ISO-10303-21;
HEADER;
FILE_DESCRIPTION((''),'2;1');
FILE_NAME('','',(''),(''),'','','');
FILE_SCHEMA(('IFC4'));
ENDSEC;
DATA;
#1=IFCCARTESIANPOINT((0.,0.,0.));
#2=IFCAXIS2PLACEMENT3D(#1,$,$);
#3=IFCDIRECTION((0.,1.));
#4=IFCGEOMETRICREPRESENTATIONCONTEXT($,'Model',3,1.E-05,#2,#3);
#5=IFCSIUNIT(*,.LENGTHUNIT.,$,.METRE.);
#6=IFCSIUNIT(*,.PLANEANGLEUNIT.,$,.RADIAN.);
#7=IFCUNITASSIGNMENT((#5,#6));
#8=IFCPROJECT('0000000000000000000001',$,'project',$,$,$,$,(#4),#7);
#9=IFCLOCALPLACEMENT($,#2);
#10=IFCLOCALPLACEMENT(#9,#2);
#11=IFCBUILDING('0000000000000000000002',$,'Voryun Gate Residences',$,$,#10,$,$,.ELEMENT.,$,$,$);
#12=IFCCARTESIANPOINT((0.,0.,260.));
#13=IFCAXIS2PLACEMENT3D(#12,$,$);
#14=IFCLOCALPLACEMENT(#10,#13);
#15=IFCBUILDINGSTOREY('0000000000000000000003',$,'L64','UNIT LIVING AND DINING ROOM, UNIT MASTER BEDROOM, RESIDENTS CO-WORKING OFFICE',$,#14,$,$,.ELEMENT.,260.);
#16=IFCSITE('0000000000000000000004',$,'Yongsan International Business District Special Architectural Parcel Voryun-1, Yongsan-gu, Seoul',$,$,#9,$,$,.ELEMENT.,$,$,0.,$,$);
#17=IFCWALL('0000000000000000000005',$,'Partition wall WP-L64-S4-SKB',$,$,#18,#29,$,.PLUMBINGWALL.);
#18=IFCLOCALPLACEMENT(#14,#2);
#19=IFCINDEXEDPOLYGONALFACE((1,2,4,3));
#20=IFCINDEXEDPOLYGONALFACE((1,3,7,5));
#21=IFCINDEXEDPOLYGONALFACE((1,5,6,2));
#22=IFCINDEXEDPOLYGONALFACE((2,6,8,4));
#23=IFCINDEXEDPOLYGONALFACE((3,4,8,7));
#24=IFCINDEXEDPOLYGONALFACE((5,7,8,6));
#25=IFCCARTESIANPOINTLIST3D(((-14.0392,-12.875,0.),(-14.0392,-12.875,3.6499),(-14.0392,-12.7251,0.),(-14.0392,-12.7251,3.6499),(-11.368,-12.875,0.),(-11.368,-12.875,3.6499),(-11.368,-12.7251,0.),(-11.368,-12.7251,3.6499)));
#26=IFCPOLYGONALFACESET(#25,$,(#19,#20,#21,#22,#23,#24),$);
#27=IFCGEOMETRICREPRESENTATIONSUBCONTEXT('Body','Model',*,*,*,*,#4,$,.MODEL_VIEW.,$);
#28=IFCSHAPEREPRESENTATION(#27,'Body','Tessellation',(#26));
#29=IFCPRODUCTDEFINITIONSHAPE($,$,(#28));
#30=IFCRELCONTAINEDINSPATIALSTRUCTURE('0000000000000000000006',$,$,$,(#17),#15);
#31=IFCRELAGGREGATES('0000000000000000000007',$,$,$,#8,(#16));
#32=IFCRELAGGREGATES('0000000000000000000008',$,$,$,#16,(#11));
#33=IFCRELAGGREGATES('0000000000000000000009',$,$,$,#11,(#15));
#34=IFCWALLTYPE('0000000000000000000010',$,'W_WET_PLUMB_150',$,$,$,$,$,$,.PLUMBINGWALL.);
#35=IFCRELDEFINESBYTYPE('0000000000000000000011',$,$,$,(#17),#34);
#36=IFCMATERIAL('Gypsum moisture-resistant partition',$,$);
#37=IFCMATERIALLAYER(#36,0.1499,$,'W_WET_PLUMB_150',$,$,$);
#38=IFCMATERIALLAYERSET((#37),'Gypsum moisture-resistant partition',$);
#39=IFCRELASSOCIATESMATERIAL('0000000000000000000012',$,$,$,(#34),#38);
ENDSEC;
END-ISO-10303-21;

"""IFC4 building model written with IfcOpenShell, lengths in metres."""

from ifc_helpers import new_model, si_unit, direction, frame, frame_2d, origin, place, context, subcontext, project, spatial, rectangle, extrude, material, layer, layer_set, type_object, element, save


model = new_model("IFC4")

# Units and contexts
model_context = context("Model", 3, precision=1e-05, world=origin(), true_north=direction((0.0, 1.0)))
body_context = subcontext(model_context, "Body", "Model", "MODEL_VIEW")
ifc_project = project(units=[si_unit("LENGTHUNIT", "METRE"), si_unit("PLANEANGLEUNIT", "RADIAN")], contexts=[model_context])

# Site, building, storey
site_placement = place(None, origin())
site = spatial("IfcSite", under=ifc_project, at=site_placement, Name="Yongsan International Business District Special Architectural Parcel Voryun-1, Yongsan-gu, Seoul", CompositionType="ELEMENT", RefElevation=0.0)
building_placement = place(site_placement, origin())
building = spatial("IfcBuilding", under=site, at=building_placement, Name="Voryun Gate Residences", CompositionType="ELEMENT")
storey_placement = place(building_placement, frame((0.0, 0.0, 260.0)))
storey = spatial("IfcBuildingStorey", under=building, at=storey_placement, Name="L64", Description="UNIT LIVING AND DINING ROOM, UNIT MASTER BEDROOM, RESIDENTS CO-WORKING OFFICE", CompositionType="ELEMENT", Elevation=260.0)

# Shared definitions
ifc_material_1 = material(Name="Gypsum moisture-resistant partition")
ifc_layer_1 = layer(ifc_material_1, 0.1499, Name="W_WET_PLUMB_150")
ifc_layer_set_1 = layer_set([ifc_layer_1], Name="Gypsum moisture-resistant partition")
wall_type_1 = type_object("IfcWallType", Name="W_WET_PLUMB_150", PredefinedType="PLUMBINGWALL", material=ifc_layer_set_1)

# Wall
wall_1_placement = place(storey_placement, frame((-14.0391, -12.8, 0.0), z_axis=(0.0, 0.0, 1.0), x_axis=(1.0, 0.0, 0.0)))
element("IfcWall", 1, at=wall_1_placement, inside=storey, type_object=wall_type_1, Name="Partition wall WP-L64-S4-SKB", PredefinedType="PLUMBINGWALL", context=body_context, shape_type="SweptSolid", body=[
    extrude(rectangle(XDim=2.6711, YDim=0.1499, at=frame_2d((1.3354, 0.0))), origin(), (0.0, 0.0, 1.0), 3.6499),
])

save(model, "model.ifc")
